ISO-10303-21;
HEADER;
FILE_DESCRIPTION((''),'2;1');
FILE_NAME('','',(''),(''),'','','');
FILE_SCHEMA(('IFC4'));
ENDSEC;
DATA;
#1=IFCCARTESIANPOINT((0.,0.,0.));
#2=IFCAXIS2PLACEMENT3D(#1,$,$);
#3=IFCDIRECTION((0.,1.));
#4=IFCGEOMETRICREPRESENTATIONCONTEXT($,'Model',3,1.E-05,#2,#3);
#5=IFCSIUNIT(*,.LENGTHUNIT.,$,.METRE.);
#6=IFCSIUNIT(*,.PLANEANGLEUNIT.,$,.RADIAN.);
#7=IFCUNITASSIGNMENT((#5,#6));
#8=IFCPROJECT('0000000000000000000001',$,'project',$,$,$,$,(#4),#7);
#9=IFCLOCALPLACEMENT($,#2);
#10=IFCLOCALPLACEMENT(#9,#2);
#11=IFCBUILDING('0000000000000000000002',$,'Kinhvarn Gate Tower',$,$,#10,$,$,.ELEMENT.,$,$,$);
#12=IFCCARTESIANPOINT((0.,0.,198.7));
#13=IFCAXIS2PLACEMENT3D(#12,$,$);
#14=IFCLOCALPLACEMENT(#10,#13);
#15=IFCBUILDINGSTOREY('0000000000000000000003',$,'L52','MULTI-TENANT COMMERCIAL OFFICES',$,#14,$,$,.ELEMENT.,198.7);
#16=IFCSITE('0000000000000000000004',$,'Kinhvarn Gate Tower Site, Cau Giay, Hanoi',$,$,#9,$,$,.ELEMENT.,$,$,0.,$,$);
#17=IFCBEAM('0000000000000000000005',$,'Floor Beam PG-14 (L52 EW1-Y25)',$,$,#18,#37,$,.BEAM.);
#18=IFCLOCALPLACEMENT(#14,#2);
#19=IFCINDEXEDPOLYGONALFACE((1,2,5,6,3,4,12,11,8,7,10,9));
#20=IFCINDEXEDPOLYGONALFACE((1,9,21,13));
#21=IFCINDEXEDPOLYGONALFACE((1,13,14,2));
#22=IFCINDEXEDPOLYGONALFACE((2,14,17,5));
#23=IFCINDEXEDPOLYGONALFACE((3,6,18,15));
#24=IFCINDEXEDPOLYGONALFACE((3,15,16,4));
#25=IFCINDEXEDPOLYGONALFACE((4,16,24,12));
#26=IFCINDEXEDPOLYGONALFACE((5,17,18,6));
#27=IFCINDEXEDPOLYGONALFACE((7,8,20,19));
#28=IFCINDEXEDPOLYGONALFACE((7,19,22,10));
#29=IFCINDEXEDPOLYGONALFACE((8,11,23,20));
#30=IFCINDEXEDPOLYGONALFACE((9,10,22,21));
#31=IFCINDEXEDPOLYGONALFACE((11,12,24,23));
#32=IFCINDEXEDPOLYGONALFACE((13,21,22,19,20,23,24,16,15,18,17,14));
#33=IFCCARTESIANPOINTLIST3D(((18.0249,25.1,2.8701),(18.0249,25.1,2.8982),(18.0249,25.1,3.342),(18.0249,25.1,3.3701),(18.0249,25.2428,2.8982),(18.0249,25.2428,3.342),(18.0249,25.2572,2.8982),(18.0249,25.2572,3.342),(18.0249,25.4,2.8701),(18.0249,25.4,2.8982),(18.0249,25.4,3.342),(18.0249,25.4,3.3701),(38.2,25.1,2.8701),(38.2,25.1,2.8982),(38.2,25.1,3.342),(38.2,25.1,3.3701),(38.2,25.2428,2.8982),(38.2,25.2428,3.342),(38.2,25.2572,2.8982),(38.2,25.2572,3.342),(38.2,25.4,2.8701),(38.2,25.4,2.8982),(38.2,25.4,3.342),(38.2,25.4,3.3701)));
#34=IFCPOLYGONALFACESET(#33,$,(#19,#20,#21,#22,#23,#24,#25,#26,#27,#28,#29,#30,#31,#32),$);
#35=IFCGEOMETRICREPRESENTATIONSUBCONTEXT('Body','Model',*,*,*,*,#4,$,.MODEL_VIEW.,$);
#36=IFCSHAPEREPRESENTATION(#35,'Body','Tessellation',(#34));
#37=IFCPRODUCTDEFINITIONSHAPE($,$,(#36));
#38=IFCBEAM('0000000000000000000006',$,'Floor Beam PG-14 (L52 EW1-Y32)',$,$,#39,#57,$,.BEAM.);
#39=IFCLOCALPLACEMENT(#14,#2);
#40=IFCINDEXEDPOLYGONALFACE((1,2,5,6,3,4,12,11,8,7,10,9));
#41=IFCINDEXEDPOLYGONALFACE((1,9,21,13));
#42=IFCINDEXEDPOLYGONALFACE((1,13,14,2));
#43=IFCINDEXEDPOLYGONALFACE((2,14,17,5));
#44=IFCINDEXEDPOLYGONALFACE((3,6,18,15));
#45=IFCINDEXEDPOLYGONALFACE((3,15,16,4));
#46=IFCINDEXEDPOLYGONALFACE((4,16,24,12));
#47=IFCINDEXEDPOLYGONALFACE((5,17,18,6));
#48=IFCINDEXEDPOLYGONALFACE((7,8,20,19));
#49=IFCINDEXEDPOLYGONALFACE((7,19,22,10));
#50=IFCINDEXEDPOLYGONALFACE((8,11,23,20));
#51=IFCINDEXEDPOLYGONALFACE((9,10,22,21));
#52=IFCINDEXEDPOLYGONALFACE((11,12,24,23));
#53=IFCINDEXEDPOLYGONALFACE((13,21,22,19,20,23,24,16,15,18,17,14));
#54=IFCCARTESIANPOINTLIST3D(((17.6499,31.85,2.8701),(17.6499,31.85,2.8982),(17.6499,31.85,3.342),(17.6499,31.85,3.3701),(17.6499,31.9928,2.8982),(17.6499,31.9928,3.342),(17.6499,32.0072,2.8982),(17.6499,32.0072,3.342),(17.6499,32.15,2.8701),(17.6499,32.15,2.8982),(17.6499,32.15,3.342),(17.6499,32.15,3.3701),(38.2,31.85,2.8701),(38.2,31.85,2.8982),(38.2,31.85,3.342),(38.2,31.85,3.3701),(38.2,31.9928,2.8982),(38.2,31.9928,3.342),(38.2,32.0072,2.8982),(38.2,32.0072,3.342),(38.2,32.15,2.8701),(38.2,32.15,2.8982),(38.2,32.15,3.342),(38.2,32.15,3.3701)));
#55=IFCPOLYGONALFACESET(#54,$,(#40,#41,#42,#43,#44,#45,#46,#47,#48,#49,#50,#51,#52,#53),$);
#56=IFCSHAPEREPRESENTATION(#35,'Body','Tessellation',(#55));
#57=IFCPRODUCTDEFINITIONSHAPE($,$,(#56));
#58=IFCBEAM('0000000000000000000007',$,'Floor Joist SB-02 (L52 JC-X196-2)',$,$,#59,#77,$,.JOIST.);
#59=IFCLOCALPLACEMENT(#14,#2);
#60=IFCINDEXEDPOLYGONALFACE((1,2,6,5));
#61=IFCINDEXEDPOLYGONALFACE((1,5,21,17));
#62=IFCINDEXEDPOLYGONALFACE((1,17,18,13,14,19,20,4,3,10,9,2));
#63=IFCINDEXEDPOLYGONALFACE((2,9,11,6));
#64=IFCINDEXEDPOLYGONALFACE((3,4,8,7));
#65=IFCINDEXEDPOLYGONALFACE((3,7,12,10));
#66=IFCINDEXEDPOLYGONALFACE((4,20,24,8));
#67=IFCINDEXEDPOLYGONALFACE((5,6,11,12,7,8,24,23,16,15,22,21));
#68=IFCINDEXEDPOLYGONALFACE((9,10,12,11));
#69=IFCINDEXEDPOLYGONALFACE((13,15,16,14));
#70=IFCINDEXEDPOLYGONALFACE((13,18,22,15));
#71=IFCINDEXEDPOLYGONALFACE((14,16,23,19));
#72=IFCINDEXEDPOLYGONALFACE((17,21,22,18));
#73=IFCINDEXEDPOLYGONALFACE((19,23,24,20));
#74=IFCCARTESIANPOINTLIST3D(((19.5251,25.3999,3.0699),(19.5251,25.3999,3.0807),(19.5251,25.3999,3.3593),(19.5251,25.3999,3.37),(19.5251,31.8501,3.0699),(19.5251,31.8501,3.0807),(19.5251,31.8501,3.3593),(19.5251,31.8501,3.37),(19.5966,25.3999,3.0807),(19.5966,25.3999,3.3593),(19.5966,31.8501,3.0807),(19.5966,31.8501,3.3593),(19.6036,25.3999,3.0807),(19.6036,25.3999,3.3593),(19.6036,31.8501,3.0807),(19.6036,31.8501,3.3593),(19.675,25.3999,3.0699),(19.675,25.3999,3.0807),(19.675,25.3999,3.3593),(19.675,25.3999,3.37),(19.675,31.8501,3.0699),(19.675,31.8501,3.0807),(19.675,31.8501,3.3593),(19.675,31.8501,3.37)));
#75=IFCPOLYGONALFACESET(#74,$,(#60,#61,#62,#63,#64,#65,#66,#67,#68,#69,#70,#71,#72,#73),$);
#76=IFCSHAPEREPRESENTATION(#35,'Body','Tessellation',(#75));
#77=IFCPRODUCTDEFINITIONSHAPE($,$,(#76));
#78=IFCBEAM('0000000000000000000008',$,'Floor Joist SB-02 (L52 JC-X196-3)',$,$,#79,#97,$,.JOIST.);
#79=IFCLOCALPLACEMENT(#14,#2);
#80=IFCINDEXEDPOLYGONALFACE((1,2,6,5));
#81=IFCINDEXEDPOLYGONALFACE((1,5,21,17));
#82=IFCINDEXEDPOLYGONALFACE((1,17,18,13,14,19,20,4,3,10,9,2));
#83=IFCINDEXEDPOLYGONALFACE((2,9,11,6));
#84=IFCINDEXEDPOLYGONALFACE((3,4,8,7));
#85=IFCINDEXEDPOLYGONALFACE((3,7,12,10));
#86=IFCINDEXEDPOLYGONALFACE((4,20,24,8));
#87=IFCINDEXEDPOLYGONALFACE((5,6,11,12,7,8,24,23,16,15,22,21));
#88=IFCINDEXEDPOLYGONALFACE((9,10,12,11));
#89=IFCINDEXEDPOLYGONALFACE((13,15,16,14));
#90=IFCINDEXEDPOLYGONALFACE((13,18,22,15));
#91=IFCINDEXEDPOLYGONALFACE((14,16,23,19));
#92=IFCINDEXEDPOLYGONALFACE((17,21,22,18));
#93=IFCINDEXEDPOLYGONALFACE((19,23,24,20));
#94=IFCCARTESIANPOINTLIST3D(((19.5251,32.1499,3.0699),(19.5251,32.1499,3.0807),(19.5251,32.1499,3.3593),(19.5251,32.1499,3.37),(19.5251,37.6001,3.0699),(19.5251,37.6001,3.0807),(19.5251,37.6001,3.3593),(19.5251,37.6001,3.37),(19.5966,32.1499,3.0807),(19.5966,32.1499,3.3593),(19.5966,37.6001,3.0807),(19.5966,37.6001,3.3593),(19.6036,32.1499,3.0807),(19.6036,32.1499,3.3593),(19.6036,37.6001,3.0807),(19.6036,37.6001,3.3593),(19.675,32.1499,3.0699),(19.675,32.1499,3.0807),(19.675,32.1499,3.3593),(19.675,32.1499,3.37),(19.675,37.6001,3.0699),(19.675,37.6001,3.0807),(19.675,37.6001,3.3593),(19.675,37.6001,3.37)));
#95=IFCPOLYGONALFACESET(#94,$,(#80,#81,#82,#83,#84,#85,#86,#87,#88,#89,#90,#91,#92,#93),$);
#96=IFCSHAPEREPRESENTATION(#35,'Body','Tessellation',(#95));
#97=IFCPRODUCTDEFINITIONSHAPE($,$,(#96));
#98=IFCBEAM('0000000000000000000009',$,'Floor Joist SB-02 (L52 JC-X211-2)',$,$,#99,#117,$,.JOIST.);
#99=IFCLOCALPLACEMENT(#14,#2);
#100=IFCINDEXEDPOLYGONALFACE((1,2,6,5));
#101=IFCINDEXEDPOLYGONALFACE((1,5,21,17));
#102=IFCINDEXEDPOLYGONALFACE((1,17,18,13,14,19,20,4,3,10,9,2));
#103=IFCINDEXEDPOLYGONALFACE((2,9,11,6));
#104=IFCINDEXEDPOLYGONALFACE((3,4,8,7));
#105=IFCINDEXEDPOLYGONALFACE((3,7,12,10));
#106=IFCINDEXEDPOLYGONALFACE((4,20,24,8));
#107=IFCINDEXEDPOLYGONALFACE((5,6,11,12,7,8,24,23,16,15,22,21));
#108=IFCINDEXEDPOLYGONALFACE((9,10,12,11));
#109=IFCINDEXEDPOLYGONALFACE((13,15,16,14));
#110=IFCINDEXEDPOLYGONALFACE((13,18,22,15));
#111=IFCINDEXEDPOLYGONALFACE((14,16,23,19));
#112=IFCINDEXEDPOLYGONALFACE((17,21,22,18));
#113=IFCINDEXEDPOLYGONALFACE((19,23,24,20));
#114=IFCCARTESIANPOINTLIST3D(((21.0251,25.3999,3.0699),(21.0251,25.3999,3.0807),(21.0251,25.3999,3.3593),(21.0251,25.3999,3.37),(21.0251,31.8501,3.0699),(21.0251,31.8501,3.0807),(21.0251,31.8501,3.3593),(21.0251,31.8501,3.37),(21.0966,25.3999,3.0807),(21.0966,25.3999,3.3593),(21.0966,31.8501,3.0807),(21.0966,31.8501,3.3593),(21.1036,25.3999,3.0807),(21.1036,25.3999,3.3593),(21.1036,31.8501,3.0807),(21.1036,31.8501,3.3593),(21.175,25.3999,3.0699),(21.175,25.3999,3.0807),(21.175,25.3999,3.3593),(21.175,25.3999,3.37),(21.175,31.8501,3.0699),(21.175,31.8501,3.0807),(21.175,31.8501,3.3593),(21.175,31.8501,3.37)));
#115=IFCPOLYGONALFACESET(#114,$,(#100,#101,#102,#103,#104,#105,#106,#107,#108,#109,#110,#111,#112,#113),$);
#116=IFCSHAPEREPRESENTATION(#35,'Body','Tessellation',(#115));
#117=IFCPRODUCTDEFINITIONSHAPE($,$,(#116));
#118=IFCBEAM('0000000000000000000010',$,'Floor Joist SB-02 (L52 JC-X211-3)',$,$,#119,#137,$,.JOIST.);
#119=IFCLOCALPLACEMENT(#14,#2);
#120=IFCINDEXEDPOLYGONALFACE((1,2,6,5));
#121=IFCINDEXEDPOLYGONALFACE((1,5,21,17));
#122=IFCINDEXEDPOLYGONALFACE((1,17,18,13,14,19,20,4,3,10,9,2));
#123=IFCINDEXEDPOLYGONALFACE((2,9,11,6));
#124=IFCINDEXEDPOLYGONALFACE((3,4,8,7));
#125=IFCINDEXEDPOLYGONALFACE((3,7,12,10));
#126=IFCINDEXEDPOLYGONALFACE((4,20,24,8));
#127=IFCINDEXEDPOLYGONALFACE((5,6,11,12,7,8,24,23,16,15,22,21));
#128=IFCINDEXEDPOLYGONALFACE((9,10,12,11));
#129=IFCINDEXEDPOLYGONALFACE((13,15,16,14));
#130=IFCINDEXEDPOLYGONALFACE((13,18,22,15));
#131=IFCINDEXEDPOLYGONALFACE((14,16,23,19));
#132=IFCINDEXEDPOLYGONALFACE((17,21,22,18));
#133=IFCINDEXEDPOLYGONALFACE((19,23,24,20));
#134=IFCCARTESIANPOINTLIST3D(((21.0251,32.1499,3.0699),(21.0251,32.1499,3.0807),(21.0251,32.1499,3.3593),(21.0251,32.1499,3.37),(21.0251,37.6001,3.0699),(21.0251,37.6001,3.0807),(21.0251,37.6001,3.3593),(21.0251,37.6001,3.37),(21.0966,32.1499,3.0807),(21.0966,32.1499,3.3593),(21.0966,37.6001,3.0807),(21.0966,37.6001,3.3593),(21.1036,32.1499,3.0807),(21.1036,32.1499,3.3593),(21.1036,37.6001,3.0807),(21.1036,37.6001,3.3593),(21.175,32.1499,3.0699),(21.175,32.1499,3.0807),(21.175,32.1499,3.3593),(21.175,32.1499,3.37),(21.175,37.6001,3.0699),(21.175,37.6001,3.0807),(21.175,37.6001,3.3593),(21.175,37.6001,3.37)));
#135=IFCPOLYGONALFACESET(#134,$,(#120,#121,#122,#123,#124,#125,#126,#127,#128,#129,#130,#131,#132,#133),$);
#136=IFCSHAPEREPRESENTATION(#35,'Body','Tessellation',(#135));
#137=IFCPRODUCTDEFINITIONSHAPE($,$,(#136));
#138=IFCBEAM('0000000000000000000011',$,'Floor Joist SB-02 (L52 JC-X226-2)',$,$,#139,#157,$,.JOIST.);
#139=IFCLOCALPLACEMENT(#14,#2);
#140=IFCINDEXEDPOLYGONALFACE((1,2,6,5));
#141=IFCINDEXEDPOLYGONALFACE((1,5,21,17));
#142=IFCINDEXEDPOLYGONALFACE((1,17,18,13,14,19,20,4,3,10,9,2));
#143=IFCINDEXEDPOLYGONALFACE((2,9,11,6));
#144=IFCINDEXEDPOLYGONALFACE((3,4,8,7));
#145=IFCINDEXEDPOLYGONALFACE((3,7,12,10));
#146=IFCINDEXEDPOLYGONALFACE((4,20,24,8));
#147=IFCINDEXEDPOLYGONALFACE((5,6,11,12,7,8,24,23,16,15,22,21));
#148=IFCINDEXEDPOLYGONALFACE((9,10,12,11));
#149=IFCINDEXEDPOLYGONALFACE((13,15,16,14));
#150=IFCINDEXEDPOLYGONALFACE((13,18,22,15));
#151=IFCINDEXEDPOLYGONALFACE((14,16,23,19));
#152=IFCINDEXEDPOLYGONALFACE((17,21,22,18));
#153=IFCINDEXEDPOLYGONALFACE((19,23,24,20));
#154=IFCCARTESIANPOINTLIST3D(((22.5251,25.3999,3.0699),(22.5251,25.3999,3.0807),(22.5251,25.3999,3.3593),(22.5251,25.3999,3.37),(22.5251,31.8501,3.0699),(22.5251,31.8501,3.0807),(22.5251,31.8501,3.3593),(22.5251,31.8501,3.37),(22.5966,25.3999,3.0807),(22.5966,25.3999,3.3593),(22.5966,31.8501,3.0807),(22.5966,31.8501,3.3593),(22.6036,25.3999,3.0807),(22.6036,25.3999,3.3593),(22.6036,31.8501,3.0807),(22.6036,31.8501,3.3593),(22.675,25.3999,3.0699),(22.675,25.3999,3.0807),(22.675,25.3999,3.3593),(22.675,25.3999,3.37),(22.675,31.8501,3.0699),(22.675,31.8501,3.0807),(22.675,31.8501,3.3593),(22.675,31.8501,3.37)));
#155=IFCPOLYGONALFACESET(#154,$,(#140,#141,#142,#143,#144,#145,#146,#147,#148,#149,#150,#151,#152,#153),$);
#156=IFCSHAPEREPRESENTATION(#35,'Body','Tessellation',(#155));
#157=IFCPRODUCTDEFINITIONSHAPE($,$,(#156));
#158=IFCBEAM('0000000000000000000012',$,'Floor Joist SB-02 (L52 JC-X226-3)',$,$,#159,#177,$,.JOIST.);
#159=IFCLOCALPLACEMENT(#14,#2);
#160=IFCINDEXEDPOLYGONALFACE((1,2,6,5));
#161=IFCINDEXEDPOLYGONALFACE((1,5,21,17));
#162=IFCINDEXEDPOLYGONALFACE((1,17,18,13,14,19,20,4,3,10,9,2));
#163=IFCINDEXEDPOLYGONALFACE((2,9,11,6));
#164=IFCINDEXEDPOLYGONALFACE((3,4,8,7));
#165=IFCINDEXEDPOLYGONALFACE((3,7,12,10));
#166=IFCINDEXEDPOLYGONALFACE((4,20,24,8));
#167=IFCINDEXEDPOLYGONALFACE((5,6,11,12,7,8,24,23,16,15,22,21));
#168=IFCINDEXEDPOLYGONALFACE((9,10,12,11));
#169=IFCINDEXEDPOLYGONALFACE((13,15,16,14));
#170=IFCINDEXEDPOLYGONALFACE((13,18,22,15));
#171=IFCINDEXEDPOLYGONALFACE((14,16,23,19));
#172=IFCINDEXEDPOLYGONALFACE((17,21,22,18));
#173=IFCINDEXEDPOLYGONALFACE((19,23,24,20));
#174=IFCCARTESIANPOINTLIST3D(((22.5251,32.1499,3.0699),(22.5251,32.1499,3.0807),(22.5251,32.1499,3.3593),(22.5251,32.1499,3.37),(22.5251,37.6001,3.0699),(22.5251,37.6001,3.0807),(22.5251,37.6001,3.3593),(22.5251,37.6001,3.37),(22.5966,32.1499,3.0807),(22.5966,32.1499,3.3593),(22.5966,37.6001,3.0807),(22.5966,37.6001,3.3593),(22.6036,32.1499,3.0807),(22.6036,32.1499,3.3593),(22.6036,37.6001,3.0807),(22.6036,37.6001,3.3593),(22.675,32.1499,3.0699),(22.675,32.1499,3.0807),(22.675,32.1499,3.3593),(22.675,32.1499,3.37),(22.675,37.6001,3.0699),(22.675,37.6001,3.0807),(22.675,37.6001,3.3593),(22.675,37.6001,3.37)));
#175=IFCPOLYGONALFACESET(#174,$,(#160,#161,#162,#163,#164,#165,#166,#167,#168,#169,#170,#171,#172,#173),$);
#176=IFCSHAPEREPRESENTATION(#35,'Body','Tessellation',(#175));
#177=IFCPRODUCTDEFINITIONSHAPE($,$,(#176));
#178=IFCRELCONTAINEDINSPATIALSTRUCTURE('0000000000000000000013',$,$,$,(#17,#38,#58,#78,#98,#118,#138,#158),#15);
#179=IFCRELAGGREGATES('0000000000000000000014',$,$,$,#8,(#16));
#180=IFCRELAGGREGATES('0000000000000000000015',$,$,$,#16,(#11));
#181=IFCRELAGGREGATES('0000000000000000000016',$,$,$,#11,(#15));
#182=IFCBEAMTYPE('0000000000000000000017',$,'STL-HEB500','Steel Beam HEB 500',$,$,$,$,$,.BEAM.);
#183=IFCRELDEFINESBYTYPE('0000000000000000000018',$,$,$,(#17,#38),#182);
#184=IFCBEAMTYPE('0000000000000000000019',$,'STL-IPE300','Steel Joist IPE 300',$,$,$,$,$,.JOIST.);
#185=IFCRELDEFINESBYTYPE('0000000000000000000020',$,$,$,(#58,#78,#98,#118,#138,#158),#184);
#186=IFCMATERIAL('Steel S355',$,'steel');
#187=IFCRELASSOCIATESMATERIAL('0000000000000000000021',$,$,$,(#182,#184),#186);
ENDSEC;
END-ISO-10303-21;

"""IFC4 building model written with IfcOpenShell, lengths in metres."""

from ifc_helpers import new_model, si_unit, direction, frame, origin, origin_2d, place, context, subcontext, project, spatial, i_section, extrude, material, material_profile, profile_set, type_object, element, save


model = new_model("IFC4")

# Units and contexts
model_context = context("Model", 3, precision=1e-05, world=origin(), true_north=direction((0.0, 1.0)))
body_context = subcontext(model_context, "Body", "Model", "MODEL_VIEW")
ifc_project = project(units=[si_unit("LENGTHUNIT", "METRE"), si_unit("PLANEANGLEUNIT", "RADIAN")], contexts=[model_context])

# Site, building, storey
site_placement = place(None, origin())
site = spatial("IfcSite", under=ifc_project, at=site_placement, Name="Kinhvarn Gate Tower Site, Cau Giay, Hanoi", CompositionType="ELEMENT", RefElevation=0.0)
building_placement = place(site_placement, origin())
building = spatial("IfcBuilding", under=site, at=building_placement, Name="Kinhvarn Gate Tower", CompositionType="ELEMENT")
storey_placement = place(building_placement, frame((0.0, 0.0, 198.7)))
storey = spatial("IfcBuildingStorey", under=building, at=storey_placement, Name="L52", Description="MULTI-TENANT COMMERCIAL OFFICES", CompositionType="ELEMENT", Elevation=198.7)

# Beams
ifc_material_1 = material(Name="Steel S355", Category="steel")
ifc_material_profile_1 = material_profile(ifc_material_1, i_section(OverallWidth=0.3, OverallDepth=0.5, WebThickness=0.0144, FlangeThickness=0.0281, at=origin_2d()), Name="HEB 500")
ifc_profile_set_1 = profile_set([ifc_material_profile_1], Name="Steel S355")
beam_type_1 = type_object("IfcBeamType", Name="STL-HEB500", Description="Steel Beam HEB 500", PredefinedType="BEAM", material=ifc_profile_set_1)
beam_1_placement = place(storey_placement, frame((18.0249, 25.25, 3.1201), z_axis=(1.0, 0.0, 0.0), x_axis=(0.0, 1.0, 0.0)))
element("IfcBeam", 1, at=beam_1_placement, inside=storey, type_object=beam_type_1, Name="Floor Beam PG-14 (L52 EW1-Y25)", PredefinedType="BEAM", context=body_context, shape_type="SweptSolid", body=[
    extrude(i_section(OverallWidth=0.3, OverallDepth=0.5, WebThickness=0.0144, FlangeThickness=0.0281, at=origin_2d()), origin(), (0.0, 0.0, 1.0), 20.175),
])
beam_2_placement = place(storey_placement, frame((17.6499, 32.0, 3.1201), z_axis=(1.0, 0.0, 0.0), x_axis=(0.0, 1.0, 0.0)))
element("IfcBeam", 2, at=beam_2_placement, inside=storey, type_object=beam_type_1, Name="Floor Beam PG-14 (L52 EW1-Y32)", PredefinedType="BEAM", context=body_context, shape_type="SweptSolid", body=[
    extrude(i_section(OverallWidth=0.3, OverallDepth=0.5, WebThickness=0.0144, FlangeThickness=0.0281, at=origin_2d()), origin(), (0.0, 0.0, 1.0), 20.55),
])
ifc_material_profile_2 = material_profile(ifc_material_1, i_section(OverallWidth=0.1499, OverallDepth=0.3, WebThickness=0.0071, FlangeThickness=0.0107, at=origin_2d()), Name="IPE 300")
ifc_profile_set_2 = profile_set([ifc_material_profile_2], Name="Steel S355")
beam_type_2 = type_object("IfcBeamType", Name="STL-IPE300", Description="Steel Joist IPE 300", PredefinedType="JOIST", material=ifc_profile_set_2)
beam_3_placement = place(storey_placement, frame((19.6001, 25.3999, 3.22), z_axis=(0.0, 1.0, 0.0), x_axis=(-1.0, 0.0, 0.0)))
element("IfcBeam", 3, at=beam_3_placement, inside=storey, type_object=beam_type_2, Name="Floor Joist SB-02 (L52 JC-X196-2)", PredefinedType="JOIST", context=body_context, shape_type="SweptSolid", body=[
    extrude(i_section(OverallWidth=0.1499, OverallDepth=0.3, WebThickness=0.0071, FlangeThickness=0.0107, at=origin_2d()), origin(), (0.0, 0.0, 1.0), 6.4502),
])
beam_4_placement = place(storey_placement, frame((19.6001, 32.1499, 3.22), z_axis=(0.0, 1.0, 0.0), x_axis=(-1.0, 0.0, 0.0)))
element("IfcBeam", 4, at=beam_4_placement, inside=storey, type_object=beam_type_2, Name="Floor Joist SB-02 (L52 JC-X196-3)", PredefinedType="JOIST", context=body_context, shape_type="SweptSolid", body=[
    extrude(i_section(OverallWidth=0.1499, OverallDepth=0.3, WebThickness=0.0071, FlangeThickness=0.0107, at=origin_2d()), origin(), (0.0, 0.0, 1.0), 5.4502),
])
beam_5_placement = place(storey_placement, frame((21.1001, 25.3999, 3.22), z_axis=(0.0, 1.0, 0.0), x_axis=(-1.0, 0.0, 0.0)))
element("IfcBeam", 5, at=beam_5_placement, inside=storey, type_object=beam_type_2, Name="Floor Joist SB-02 (L52 JC-X211-2)", PredefinedType="JOIST", context=body_context, shape_type="SweptSolid", body=[
    extrude(i_section(OverallWidth=0.1499, OverallDepth=0.3, WebThickness=0.0071, FlangeThickness=0.0107, at=origin_2d()), origin(), (0.0, 0.0, 1.0), 6.4502),
])
beam_6_placement = place(storey_placement, frame((21.1001, 32.1499, 3.22), z_axis=(0.0, 1.0, 0.0), x_axis=(-1.0, 0.0, 0.0)))
element("IfcBeam", 6, at=beam_6_placement, inside=storey, type_object=beam_type_2, Name="Floor Joist SB-02 (L52 JC-X211-3)", PredefinedType="JOIST", context=body_context, shape_type="SweptSolid", body=[
    extrude(i_section(OverallWidth=0.1499, OverallDepth=0.3, WebThickness=0.0071, FlangeThickness=0.0107, at=origin_2d()), origin(), (0.0, 0.0, 1.0), 5.4502),
])
beam_7_placement = place(storey_placement, frame((22.6001, 25.3999, 3.22), z_axis=(0.0, 1.0, 0.0), x_axis=(-1.0, 0.0, 0.0)))
element("IfcBeam", 7, at=beam_7_placement, inside=storey, type_object=beam_type_2, Name="Floor Joist SB-02 (L52 JC-X226-2)", PredefinedType="JOIST", context=body_context, shape_type="SweptSolid", body=[
    extrude(i_section(OverallWidth=0.1499, OverallDepth=0.3, WebThickness=0.0071, FlangeThickness=0.0107, at=origin_2d()), origin(), (0.0, 0.0, 1.0), 6.4502),
])
beam_8_placement = place(storey_placement, frame((22.6001, 32.1499, 3.22), z_axis=(0.0, 1.0, 0.0), x_axis=(-1.0, 0.0, 0.0)))
element("IfcBeam", 8, at=beam_8_placement, inside=storey, type_object=beam_type_2, Name="Floor Joist SB-02 (L52 JC-X226-3)", PredefinedType="JOIST", context=body_context, shape_type="SweptSolid", body=[
    extrude(i_section(OverallWidth=0.1499, OverallDepth=0.3, WebThickness=0.0071, FlangeThickness=0.0107, at=origin_2d()), origin(), (0.0, 0.0, 1.0), 5.4502),
])

save(model, "model.ifc")
